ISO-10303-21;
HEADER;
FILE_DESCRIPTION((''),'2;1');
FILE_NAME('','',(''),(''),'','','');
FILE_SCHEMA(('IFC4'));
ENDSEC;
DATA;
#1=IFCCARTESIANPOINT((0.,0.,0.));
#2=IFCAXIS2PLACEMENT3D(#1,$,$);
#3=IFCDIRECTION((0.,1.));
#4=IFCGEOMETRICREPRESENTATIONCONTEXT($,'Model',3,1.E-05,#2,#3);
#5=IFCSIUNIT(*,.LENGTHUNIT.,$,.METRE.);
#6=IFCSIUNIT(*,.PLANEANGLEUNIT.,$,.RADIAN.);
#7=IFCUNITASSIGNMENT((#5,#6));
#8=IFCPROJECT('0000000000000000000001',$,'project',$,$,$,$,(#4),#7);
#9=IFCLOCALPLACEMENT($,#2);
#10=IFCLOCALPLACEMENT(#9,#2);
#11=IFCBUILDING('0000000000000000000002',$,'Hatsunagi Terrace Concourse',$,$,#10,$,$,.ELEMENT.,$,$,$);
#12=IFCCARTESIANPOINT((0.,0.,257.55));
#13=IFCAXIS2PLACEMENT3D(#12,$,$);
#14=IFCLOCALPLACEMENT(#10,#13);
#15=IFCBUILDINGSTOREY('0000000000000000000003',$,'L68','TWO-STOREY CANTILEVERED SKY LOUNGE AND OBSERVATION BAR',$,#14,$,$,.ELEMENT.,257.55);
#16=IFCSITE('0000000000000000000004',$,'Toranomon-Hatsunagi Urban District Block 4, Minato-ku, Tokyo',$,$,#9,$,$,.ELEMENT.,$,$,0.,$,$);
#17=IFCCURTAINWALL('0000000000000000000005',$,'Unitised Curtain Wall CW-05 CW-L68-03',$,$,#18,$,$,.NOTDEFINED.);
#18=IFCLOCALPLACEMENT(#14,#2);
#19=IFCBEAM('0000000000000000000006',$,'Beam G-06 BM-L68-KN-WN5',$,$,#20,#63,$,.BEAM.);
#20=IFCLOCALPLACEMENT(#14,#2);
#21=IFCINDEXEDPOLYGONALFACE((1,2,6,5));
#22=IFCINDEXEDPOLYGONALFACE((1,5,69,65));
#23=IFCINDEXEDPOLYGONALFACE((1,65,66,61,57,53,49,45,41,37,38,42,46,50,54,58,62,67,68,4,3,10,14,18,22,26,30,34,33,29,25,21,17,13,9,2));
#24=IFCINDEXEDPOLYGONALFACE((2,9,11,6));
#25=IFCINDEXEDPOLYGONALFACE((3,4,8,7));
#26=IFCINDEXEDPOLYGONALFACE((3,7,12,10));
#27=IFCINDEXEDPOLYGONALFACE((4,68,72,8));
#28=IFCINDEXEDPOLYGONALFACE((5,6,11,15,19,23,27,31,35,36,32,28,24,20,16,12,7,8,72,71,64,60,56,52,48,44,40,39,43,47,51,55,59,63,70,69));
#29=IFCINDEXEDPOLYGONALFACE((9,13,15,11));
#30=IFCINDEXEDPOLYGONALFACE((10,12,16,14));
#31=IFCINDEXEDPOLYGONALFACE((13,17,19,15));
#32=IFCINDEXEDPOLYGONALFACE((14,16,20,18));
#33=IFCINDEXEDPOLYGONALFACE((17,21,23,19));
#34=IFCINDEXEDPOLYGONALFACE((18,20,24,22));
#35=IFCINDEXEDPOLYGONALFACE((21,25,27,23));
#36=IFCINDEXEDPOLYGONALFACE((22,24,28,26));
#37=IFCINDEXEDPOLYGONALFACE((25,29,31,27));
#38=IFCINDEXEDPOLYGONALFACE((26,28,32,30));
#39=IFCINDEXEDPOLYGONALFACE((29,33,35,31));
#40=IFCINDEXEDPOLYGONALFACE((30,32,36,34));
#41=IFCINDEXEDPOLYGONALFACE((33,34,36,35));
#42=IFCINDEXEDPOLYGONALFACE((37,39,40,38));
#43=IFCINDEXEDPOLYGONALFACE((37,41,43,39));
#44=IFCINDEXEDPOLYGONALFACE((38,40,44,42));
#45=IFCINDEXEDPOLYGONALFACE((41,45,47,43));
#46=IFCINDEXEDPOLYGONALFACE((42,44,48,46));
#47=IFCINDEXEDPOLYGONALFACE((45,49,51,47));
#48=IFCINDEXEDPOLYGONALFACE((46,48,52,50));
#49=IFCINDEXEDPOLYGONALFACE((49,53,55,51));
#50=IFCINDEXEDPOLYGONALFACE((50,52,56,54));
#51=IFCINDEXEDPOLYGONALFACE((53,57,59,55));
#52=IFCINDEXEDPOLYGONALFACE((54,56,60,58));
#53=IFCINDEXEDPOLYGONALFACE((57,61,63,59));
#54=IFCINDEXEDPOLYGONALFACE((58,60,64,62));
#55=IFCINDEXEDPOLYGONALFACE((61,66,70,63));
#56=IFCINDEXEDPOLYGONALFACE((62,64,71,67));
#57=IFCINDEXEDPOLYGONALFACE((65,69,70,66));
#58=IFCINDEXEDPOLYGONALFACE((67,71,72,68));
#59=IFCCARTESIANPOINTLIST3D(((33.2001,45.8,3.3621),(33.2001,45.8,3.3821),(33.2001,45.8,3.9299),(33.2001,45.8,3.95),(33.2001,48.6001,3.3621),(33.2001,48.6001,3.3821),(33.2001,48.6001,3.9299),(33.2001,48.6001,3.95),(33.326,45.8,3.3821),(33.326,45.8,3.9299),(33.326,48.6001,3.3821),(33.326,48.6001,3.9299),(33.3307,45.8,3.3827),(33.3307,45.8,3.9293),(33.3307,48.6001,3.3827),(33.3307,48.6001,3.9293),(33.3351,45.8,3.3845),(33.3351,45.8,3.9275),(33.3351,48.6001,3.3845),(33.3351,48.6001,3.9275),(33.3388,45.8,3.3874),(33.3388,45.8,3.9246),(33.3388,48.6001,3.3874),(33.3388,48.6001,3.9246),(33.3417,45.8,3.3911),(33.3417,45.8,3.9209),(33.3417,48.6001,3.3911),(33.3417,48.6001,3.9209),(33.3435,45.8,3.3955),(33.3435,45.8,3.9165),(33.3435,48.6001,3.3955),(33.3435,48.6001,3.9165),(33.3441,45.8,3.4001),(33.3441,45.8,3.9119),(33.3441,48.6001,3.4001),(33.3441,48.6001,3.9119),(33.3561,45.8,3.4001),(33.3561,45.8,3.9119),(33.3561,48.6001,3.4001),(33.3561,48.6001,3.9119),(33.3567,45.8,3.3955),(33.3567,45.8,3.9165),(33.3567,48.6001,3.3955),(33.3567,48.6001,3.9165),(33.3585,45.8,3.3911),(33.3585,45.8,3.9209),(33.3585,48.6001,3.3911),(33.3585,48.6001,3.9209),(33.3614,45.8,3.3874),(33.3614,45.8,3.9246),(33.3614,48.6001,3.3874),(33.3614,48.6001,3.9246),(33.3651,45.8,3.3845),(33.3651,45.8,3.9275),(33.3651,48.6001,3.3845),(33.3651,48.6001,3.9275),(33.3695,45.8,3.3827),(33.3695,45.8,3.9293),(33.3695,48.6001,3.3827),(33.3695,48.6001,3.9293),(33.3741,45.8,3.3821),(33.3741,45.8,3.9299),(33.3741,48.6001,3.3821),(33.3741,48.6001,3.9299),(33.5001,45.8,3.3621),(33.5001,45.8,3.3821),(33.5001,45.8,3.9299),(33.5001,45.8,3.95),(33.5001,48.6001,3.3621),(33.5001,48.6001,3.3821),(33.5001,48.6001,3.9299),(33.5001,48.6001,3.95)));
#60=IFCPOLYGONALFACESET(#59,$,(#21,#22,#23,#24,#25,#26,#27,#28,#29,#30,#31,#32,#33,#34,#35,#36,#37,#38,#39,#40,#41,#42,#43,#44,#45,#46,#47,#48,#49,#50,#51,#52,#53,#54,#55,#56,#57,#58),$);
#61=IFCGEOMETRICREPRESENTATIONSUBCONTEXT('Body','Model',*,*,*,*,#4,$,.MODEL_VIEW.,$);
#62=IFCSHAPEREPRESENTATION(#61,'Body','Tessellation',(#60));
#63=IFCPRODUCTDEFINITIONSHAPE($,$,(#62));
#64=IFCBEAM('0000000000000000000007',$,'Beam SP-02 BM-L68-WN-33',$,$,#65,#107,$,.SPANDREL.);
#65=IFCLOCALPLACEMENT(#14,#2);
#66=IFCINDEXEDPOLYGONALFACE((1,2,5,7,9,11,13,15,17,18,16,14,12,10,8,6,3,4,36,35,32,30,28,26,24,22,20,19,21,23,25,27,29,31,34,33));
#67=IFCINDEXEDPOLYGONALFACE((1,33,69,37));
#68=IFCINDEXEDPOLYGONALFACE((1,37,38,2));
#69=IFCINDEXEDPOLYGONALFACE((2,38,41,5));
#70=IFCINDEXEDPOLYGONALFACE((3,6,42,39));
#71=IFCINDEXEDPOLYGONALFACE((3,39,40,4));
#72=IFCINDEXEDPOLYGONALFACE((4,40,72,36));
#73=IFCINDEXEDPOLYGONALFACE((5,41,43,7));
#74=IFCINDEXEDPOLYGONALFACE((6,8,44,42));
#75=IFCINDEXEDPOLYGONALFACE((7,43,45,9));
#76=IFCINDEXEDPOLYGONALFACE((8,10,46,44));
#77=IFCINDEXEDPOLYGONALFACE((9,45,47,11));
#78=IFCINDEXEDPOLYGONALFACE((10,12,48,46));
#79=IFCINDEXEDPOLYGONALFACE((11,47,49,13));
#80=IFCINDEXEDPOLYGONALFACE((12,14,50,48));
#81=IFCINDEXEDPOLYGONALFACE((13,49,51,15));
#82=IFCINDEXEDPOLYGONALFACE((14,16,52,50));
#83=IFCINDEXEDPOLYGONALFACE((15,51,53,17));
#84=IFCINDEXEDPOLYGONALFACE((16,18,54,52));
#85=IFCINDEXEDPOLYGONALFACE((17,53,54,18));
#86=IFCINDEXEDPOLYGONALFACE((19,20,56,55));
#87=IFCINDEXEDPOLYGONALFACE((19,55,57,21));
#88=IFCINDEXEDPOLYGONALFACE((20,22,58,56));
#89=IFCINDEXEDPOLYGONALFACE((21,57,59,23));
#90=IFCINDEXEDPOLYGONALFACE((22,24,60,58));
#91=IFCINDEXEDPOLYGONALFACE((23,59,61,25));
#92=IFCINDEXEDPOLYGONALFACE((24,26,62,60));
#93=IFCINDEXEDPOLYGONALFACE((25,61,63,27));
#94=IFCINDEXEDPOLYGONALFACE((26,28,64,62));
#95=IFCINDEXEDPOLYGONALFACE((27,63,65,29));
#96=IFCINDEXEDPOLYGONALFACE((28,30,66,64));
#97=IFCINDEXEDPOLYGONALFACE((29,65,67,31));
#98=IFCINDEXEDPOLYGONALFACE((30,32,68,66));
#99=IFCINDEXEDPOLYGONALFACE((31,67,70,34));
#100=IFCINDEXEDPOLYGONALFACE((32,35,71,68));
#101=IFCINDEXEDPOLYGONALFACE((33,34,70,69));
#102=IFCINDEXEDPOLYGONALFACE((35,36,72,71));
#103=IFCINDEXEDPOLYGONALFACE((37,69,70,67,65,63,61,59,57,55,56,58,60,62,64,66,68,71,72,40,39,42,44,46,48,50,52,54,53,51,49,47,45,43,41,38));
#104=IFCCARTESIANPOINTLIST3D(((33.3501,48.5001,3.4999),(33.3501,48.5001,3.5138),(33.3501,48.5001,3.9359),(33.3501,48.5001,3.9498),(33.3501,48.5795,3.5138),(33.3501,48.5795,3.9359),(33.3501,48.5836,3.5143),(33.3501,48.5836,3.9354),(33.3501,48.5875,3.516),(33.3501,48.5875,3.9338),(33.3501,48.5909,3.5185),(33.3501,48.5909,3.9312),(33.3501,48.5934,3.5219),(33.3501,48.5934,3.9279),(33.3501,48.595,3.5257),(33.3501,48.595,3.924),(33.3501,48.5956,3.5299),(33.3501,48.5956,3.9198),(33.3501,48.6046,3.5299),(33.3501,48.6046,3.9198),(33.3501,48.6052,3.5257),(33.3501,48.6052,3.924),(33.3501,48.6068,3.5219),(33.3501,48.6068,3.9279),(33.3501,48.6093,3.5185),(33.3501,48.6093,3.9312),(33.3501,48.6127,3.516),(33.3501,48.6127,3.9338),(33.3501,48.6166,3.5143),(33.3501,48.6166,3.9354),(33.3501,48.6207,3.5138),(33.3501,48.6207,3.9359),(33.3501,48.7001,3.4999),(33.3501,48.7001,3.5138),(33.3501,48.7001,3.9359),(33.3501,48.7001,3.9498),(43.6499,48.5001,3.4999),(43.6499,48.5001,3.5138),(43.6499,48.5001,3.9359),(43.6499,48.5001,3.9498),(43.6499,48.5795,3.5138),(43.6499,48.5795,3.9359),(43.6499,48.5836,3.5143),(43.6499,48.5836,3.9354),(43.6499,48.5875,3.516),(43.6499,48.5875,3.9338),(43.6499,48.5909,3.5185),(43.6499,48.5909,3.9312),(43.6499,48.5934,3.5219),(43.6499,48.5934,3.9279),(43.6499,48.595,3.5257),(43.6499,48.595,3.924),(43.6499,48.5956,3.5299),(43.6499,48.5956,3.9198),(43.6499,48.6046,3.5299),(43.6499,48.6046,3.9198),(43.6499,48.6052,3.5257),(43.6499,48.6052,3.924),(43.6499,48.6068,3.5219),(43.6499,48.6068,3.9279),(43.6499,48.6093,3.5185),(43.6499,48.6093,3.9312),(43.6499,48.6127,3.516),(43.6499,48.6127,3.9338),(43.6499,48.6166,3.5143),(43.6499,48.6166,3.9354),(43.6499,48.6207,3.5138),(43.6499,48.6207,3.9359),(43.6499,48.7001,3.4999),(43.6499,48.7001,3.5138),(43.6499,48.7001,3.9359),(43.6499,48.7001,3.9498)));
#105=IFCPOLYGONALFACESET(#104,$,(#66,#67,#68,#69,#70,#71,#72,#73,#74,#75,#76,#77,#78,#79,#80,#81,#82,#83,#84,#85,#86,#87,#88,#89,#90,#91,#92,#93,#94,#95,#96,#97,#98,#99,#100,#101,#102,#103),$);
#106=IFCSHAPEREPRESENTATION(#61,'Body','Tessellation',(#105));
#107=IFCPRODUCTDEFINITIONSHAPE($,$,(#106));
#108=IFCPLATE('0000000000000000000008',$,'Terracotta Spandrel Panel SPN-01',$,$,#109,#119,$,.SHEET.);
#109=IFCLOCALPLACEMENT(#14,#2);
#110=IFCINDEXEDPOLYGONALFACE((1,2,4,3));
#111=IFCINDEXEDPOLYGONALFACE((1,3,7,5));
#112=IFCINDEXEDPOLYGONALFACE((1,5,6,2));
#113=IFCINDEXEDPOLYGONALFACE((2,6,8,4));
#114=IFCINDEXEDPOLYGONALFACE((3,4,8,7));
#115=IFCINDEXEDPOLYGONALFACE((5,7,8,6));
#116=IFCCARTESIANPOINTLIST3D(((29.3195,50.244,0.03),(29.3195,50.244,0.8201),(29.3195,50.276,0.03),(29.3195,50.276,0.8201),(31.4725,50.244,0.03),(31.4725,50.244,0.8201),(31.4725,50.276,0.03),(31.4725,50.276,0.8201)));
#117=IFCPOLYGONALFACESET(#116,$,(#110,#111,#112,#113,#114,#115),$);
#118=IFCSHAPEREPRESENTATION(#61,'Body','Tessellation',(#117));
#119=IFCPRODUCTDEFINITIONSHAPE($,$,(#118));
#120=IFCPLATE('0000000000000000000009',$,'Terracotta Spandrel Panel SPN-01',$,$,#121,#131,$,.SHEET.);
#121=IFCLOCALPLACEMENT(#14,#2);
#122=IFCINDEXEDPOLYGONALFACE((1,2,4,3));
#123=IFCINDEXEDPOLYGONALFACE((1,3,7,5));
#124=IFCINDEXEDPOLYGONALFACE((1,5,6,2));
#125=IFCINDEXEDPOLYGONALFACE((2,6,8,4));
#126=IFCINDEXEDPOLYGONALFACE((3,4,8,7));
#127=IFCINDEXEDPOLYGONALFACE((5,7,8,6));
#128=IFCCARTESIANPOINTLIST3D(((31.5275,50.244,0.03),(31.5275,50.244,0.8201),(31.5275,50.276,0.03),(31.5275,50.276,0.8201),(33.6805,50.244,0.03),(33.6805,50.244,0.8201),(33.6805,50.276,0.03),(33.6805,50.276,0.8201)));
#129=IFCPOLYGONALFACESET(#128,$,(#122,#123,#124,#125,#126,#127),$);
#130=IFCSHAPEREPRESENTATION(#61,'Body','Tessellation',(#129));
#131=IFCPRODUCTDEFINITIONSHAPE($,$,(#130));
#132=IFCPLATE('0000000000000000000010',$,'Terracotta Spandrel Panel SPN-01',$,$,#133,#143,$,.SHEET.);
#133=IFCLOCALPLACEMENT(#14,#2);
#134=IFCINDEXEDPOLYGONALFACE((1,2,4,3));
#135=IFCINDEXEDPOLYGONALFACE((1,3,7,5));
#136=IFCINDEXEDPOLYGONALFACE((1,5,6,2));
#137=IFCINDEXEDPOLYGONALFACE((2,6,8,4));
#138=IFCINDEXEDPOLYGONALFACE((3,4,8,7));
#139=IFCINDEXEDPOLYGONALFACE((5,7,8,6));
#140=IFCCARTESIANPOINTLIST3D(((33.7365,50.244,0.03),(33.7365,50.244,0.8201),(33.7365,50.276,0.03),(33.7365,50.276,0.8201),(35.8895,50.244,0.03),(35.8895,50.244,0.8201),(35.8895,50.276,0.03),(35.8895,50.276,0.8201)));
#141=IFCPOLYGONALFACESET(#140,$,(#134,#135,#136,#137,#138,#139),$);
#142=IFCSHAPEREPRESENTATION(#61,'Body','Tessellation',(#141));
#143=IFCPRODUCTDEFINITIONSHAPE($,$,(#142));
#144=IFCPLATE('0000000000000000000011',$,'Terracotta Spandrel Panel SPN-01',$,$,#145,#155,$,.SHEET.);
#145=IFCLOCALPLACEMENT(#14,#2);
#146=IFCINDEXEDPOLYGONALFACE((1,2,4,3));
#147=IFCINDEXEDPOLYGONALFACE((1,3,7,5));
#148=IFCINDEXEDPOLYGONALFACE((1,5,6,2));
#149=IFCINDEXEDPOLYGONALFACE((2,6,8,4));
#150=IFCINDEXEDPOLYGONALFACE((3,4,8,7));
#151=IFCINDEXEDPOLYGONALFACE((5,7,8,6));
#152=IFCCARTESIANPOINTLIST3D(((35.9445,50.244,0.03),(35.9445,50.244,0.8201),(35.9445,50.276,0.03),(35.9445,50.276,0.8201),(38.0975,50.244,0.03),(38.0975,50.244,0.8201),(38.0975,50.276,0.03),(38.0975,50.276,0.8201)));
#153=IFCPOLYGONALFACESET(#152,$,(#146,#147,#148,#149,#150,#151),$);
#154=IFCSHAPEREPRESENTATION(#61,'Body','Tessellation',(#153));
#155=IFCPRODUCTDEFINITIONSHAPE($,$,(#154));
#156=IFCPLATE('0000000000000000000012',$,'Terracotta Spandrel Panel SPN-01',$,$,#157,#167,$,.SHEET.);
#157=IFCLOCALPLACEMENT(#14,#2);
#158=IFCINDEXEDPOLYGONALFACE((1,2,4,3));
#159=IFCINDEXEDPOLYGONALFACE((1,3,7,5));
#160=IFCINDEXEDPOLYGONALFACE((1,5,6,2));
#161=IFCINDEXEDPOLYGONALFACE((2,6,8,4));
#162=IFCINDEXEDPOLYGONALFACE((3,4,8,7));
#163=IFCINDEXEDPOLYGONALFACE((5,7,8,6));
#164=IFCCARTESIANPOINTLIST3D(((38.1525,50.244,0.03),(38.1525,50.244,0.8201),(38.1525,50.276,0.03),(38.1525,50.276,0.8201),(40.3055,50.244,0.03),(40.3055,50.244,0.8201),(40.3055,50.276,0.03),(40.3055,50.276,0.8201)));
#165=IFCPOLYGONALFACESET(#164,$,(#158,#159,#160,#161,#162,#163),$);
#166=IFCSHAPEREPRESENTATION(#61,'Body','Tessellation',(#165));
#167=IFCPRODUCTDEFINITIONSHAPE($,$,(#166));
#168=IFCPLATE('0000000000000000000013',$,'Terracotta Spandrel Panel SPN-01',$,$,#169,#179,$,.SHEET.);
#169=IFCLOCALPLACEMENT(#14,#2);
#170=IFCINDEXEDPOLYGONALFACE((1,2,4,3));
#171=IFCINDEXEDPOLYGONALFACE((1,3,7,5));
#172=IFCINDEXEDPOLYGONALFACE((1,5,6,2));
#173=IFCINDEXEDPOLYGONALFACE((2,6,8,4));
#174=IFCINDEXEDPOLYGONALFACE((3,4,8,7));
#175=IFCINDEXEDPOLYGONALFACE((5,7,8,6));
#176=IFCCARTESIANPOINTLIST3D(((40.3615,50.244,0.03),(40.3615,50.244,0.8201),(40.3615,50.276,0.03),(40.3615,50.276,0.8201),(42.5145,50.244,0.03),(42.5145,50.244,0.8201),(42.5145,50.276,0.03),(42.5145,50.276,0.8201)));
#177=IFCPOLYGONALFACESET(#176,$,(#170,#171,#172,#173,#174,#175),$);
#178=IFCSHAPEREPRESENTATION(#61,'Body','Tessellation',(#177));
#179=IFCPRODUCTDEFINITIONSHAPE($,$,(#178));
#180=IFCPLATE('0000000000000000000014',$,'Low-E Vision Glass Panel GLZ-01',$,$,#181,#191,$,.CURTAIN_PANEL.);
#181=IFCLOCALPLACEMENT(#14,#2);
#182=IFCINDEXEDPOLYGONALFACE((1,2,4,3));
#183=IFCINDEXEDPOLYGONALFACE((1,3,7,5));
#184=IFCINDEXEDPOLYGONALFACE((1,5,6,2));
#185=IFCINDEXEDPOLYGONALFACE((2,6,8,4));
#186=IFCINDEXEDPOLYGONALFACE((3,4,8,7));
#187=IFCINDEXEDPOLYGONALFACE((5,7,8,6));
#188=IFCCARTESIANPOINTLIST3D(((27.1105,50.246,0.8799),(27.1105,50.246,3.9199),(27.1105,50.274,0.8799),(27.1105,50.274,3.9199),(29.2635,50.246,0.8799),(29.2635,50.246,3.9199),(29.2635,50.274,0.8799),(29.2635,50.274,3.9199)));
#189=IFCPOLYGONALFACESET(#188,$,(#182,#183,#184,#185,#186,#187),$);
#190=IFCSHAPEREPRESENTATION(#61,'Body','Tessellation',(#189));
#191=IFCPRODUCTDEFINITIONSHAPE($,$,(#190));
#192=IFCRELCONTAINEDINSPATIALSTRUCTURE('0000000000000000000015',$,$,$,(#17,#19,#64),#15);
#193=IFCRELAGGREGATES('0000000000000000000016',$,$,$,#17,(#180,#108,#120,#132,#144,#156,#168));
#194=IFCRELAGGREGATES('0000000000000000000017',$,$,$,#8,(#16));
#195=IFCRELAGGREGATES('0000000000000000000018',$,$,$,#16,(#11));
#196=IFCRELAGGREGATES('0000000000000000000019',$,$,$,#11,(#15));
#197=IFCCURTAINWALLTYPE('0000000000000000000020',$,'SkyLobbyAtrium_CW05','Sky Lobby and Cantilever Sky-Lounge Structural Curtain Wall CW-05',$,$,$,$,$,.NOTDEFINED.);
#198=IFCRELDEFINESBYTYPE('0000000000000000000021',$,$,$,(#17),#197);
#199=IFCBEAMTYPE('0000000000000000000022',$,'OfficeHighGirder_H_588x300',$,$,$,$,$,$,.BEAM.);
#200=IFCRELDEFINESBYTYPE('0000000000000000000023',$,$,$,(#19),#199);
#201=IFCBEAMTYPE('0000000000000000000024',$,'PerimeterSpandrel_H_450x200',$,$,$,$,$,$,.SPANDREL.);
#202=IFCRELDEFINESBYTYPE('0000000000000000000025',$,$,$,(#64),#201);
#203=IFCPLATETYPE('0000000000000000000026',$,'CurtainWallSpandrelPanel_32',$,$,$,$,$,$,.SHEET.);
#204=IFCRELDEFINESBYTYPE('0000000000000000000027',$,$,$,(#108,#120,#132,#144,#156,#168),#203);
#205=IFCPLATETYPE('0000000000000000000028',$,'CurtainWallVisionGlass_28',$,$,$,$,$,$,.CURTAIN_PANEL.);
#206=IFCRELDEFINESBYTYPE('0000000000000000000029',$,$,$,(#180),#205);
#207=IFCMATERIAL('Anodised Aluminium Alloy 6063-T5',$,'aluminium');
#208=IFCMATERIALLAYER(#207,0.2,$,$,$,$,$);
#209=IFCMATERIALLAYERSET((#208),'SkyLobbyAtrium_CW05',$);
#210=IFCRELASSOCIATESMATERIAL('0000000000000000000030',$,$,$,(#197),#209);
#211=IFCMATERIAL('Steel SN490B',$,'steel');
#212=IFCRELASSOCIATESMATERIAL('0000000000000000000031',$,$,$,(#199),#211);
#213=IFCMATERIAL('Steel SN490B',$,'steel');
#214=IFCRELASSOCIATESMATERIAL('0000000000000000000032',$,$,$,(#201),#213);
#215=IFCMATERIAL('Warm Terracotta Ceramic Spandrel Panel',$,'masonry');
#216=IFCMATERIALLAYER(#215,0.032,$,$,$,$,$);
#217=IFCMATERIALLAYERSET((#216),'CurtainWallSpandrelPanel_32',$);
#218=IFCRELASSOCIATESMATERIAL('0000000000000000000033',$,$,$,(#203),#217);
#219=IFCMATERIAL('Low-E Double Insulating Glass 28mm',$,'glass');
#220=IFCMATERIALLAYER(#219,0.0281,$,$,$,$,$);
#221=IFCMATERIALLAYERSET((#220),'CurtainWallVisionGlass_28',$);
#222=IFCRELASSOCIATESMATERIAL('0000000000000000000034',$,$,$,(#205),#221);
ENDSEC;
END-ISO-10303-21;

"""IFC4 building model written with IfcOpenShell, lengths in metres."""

from ifc_helpers import new_model, si_unit, direction, frame, origin, origin_2d, place, context, subcontext, project, spatial, rectangle, i_section, extrude, material, layer, layer_set, material_profile, profile_set, type_object, element, aggregate, save


model = new_model("IFC4")

# Units and contexts
model_context = context("Model", 3, precision=1e-05, world=origin(), true_north=direction((0.0, 1.0)))
body_context = subcontext(model_context, "Body", "Model", "MODEL_VIEW")
ifc_project = project(units=[si_unit("LENGTHUNIT", "METRE"), si_unit("PLANEANGLEUNIT", "RADIAN")], contexts=[model_context])

# Site, building, storey
site_placement = place(None, origin())
site = spatial("IfcSite", under=ifc_project, at=site_placement, Name="Toranomon-Hatsunagi Urban District Block 4, Minato-ku, Tokyo", CompositionType="ELEMENT", RefElevation=0.0)
building_placement = place(site_placement, origin())
building = spatial("IfcBuilding", under=site, at=building_placement, Name="Hatsunagi Terrace Concourse", CompositionType="ELEMENT")
storey_placement = place(building_placement, frame((0.0, 0.0, 257.55)))
storey = spatial("IfcBuildingStorey", under=building, at=storey_placement, Name="L68", Description="TWO-STOREY CANTILEVERED SKY LOUNGE AND OBSERVATION BAR", CompositionType="ELEMENT", Elevation=257.55)

# Curtain wall
ifc_material_1 = material(Name="Anodised Aluminium Alloy 6063-T5", Category="aluminium")
ifc_layer_1 = layer(ifc_material_1, 0.2)
ifc_layer_set_1 = layer_set([ifc_layer_1], Name="SkyLobbyAtrium_CW05")
curtain_wall_type = type_object("IfcCurtainWallType", Name="SkyLobbyAtrium_CW05", Description="Sky Lobby and Cantilever Sky-Lounge Structural Curtain Wall CW-05", PredefinedType="NOTDEFINED", material=ifc_layer_set_1)
curtain_wall_placement = place(storey_placement, origin())
curtain_wall = element("IfcCurtainWall", 1, at=curtain_wall_placement, inside=storey, type_object=curtain_wall_type, Name="Unitised Curtain Wall CW-05 CW-L68-03", PredefinedType="NOTDEFINED")

# Beams
ifc_material_2 = material(Name="Steel SN490B", Category="steel")
ifc_material_profile_1 = material_profile(ifc_material_2, i_section(OverallWidth=0.3, OverallDepth=0.5879, WebThickness=0.012, FlangeThickness=0.02, FilletRadius=0.0181, at=origin_2d()), Name="H-588x300x12x20")
ifc_profile_set_1 = profile_set([ifc_material_profile_1], Name="Steel SN490B")
beam_type_1 = type_object("IfcBeamType", Name="OfficeHighGirder_H_588x300", PredefinedType="BEAM", material=ifc_profile_set_1)
beam_1_placement = place(storey_placement, frame((33.3501, 45.8, 3.656), z_axis=(0.0, 1.0, 0.0), x_axis=(-1.0, 0.0, 0.0)))
element("IfcBeam", 2, at=beam_1_placement, inside=storey, type_object=beam_type_1, Name="Beam G-06 BM-L68-KN-WN5", PredefinedType="BEAM", context=body_context, shape_type="SweptSolid", body=[
    extrude(i_section(OverallWidth=0.3, OverallDepth=0.5879, WebThickness=0.012, FlangeThickness=0.02, FilletRadius=0.0181, at=origin_2d()), origin(), (0.0, 0.0, 1.0), 2.8),
])
ifc_material_3 = material(Name="Steel SN490B", Category="steel")
ifc_material_profile_2 = material_profile(ifc_material_3, i_section(OverallWidth=0.2, OverallDepth=0.45, WebThickness=0.009, FlangeThickness=0.0139, FilletRadius=0.0161, at=origin_2d()), Name="H-450x200x9x14")
ifc_profile_set_2 = profile_set([ifc_material_profile_2], Name="Steel SN490B")
beam_type_2 = type_object("IfcBeamType", Name="PerimeterSpandrel_H_450x200", PredefinedType="SPANDREL", material=ifc_profile_set_2)
beam_2_placement = place(storey_placement, frame((33.3501, 48.6001, 3.7249), z_axis=(1.0, 0.0, 0.0), x_axis=(0.0, 1.0, 0.0)))
element("IfcBeam", 3, at=beam_2_placement, inside=storey, type_object=beam_type_2, Name="Beam SP-02 BM-L68-WN-33", PredefinedType="SPANDREL", context=body_context, shape_type="SweptSolid", body=[
    extrude(i_section(OverallWidth=0.2, OverallDepth=0.45, WebThickness=0.009, FlangeThickness=0.0139, FilletRadius=0.0161, at=origin_2d()), origin(), (0.0, 0.0, 1.0), 10.2998),
])

# Plates
ifc_material_4 = material(Name="Warm Terracotta Ceramic Spandrel Panel", Category="masonry")
ifc_layer_2 = layer(ifc_material_4, 0.032)
ifc_layer_set_2 = layer_set([ifc_layer_2], Name="CurtainWallSpandrelPanel_32")
plate_type_1 = type_object("IfcPlateType", Name="CurtainWallSpandrelPanel_32", PredefinedType="SHEET", material=ifc_layer_set_2)
plate_1_placement = place(storey_placement, frame((30.396, 50.26, 0.03), z_axis=(0.0, 0.0, 1.0), x_axis=(1.0, 0.0, 0.0)))
plate_1 = element("IfcPlate", 4, at=plate_1_placement, type_object=plate_type_1, Name="Terracotta Spandrel Panel SPN-01", PredefinedType="SHEET", context=body_context, shape_type="SweptSolid", body=[
    extrude(rectangle(XDim=2.1531, YDim=0.032, at=origin_2d()), origin(), (0.0, 0.0, 1.0), 0.79),
])
plate_2_placement = place(storey_placement, frame((32.604, 50.26, 0.03), z_axis=(0.0, 0.0, 1.0), x_axis=(1.0, 0.0, 0.0)))
plate_2 = element("IfcPlate", 5, at=plate_2_placement, type_object=plate_type_1, Name="Terracotta Spandrel Panel SPN-01", PredefinedType="SHEET", context=body_context, shape_type="SweptSolid", body=[
    extrude(rectangle(XDim=2.1531, YDim=0.032, at=origin_2d()), origin(), (0.0, 0.0, 1.0), 0.79),
])
plate_3_placement = place(storey_placement, frame((34.813, 50.26, 0.03), z_axis=(0.0, 0.0, 1.0), x_axis=(1.0, 0.0, 0.0)))
plate_3 = element("IfcPlate", 6, at=plate_3_placement, type_object=plate_type_1, Name="Terracotta Spandrel Panel SPN-01", PredefinedType="SHEET", context=body_context, shape_type="SweptSolid", body=[
    extrude(rectangle(XDim=2.1531, YDim=0.032, at=origin_2d()), origin(), (0.0, 0.0, 1.0), 0.79),
])
plate_4_placement = place(storey_placement, frame((37.021, 50.26, 0.03), z_axis=(0.0, 0.0, 1.0), x_axis=(1.0, 0.0, 0.0)))
plate_4 = element("IfcPlate", 7, at=plate_4_placement, type_object=plate_type_1, Name="Terracotta Spandrel Panel SPN-01", PredefinedType="SHEET", context=body_context, shape_type="SweptSolid", body=[
    extrude(rectangle(XDim=2.1531, YDim=0.032, at=origin_2d()), origin(), (0.0, 0.0, 1.0), 0.79),
])
plate_5_placement = place(storey_placement, frame((39.229, 50.26, 0.03), z_axis=(0.0, 0.0, 1.0), x_axis=(1.0, 0.0, 0.0)))
plate_5 = element("IfcPlate", 8, at=plate_5_placement, type_object=plate_type_1, Name="Terracotta Spandrel Panel SPN-01", PredefinedType="SHEET", context=body_context, shape_type="SweptSolid", body=[
    extrude(rectangle(XDim=2.1531, YDim=0.032, at=origin_2d()), origin(), (0.0, 0.0, 1.0), 0.79),
])
plate_6_placement = place(storey_placement, frame((41.438, 50.26, 0.03), z_axis=(0.0, 0.0, 1.0), x_axis=(1.0, 0.0, 0.0)))
plate_6 = element("IfcPlate", 9, at=plate_6_placement, type_object=plate_type_1, Name="Terracotta Spandrel Panel SPN-01", PredefinedType="SHEET", context=body_context, shape_type="SweptSolid", body=[
    extrude(rectangle(XDim=2.1531, YDim=0.032, at=origin_2d()), origin(), (0.0, 0.0, 1.0), 0.79),
])
ifc_material_5 = material(Name="Low-E Double Insulating Glass 28mm", Category="glass")
ifc_layer_3 = layer(ifc_material_5, 0.0281)
ifc_layer_set_3 = layer_set([ifc_layer_3], Name="CurtainWallVisionGlass_28")
plate_type_2 = type_object("IfcPlateType", Name="CurtainWallVisionGlass_28", PredefinedType="CURTAIN_PANEL", material=ifc_layer_set_3)
plate_7_placement = place(storey_placement, frame((28.187, 50.26, 0.8799), z_axis=(0.0, 0.0, 1.0), x_axis=(1.0, 0.0, 0.0)))
plate_7 = element("IfcPlate", 10, at=plate_7_placement, type_object=plate_type_2, Name="Low-E Vision Glass Panel GLZ-01", PredefinedType="CURTAIN_PANEL", context=body_context, shape_type="SweptSolid", body=[
    extrude(rectangle(XDim=2.1531, YDim=0.0281, at=origin_2d()), origin(), (0.0, 0.0, 1.0), 3.04),
])
aggregate(curtain_wall, [plate_7, plate_1, plate_2, plate_3, plate_4, plate_5, plate_6])

save(model, "model.ifc")
